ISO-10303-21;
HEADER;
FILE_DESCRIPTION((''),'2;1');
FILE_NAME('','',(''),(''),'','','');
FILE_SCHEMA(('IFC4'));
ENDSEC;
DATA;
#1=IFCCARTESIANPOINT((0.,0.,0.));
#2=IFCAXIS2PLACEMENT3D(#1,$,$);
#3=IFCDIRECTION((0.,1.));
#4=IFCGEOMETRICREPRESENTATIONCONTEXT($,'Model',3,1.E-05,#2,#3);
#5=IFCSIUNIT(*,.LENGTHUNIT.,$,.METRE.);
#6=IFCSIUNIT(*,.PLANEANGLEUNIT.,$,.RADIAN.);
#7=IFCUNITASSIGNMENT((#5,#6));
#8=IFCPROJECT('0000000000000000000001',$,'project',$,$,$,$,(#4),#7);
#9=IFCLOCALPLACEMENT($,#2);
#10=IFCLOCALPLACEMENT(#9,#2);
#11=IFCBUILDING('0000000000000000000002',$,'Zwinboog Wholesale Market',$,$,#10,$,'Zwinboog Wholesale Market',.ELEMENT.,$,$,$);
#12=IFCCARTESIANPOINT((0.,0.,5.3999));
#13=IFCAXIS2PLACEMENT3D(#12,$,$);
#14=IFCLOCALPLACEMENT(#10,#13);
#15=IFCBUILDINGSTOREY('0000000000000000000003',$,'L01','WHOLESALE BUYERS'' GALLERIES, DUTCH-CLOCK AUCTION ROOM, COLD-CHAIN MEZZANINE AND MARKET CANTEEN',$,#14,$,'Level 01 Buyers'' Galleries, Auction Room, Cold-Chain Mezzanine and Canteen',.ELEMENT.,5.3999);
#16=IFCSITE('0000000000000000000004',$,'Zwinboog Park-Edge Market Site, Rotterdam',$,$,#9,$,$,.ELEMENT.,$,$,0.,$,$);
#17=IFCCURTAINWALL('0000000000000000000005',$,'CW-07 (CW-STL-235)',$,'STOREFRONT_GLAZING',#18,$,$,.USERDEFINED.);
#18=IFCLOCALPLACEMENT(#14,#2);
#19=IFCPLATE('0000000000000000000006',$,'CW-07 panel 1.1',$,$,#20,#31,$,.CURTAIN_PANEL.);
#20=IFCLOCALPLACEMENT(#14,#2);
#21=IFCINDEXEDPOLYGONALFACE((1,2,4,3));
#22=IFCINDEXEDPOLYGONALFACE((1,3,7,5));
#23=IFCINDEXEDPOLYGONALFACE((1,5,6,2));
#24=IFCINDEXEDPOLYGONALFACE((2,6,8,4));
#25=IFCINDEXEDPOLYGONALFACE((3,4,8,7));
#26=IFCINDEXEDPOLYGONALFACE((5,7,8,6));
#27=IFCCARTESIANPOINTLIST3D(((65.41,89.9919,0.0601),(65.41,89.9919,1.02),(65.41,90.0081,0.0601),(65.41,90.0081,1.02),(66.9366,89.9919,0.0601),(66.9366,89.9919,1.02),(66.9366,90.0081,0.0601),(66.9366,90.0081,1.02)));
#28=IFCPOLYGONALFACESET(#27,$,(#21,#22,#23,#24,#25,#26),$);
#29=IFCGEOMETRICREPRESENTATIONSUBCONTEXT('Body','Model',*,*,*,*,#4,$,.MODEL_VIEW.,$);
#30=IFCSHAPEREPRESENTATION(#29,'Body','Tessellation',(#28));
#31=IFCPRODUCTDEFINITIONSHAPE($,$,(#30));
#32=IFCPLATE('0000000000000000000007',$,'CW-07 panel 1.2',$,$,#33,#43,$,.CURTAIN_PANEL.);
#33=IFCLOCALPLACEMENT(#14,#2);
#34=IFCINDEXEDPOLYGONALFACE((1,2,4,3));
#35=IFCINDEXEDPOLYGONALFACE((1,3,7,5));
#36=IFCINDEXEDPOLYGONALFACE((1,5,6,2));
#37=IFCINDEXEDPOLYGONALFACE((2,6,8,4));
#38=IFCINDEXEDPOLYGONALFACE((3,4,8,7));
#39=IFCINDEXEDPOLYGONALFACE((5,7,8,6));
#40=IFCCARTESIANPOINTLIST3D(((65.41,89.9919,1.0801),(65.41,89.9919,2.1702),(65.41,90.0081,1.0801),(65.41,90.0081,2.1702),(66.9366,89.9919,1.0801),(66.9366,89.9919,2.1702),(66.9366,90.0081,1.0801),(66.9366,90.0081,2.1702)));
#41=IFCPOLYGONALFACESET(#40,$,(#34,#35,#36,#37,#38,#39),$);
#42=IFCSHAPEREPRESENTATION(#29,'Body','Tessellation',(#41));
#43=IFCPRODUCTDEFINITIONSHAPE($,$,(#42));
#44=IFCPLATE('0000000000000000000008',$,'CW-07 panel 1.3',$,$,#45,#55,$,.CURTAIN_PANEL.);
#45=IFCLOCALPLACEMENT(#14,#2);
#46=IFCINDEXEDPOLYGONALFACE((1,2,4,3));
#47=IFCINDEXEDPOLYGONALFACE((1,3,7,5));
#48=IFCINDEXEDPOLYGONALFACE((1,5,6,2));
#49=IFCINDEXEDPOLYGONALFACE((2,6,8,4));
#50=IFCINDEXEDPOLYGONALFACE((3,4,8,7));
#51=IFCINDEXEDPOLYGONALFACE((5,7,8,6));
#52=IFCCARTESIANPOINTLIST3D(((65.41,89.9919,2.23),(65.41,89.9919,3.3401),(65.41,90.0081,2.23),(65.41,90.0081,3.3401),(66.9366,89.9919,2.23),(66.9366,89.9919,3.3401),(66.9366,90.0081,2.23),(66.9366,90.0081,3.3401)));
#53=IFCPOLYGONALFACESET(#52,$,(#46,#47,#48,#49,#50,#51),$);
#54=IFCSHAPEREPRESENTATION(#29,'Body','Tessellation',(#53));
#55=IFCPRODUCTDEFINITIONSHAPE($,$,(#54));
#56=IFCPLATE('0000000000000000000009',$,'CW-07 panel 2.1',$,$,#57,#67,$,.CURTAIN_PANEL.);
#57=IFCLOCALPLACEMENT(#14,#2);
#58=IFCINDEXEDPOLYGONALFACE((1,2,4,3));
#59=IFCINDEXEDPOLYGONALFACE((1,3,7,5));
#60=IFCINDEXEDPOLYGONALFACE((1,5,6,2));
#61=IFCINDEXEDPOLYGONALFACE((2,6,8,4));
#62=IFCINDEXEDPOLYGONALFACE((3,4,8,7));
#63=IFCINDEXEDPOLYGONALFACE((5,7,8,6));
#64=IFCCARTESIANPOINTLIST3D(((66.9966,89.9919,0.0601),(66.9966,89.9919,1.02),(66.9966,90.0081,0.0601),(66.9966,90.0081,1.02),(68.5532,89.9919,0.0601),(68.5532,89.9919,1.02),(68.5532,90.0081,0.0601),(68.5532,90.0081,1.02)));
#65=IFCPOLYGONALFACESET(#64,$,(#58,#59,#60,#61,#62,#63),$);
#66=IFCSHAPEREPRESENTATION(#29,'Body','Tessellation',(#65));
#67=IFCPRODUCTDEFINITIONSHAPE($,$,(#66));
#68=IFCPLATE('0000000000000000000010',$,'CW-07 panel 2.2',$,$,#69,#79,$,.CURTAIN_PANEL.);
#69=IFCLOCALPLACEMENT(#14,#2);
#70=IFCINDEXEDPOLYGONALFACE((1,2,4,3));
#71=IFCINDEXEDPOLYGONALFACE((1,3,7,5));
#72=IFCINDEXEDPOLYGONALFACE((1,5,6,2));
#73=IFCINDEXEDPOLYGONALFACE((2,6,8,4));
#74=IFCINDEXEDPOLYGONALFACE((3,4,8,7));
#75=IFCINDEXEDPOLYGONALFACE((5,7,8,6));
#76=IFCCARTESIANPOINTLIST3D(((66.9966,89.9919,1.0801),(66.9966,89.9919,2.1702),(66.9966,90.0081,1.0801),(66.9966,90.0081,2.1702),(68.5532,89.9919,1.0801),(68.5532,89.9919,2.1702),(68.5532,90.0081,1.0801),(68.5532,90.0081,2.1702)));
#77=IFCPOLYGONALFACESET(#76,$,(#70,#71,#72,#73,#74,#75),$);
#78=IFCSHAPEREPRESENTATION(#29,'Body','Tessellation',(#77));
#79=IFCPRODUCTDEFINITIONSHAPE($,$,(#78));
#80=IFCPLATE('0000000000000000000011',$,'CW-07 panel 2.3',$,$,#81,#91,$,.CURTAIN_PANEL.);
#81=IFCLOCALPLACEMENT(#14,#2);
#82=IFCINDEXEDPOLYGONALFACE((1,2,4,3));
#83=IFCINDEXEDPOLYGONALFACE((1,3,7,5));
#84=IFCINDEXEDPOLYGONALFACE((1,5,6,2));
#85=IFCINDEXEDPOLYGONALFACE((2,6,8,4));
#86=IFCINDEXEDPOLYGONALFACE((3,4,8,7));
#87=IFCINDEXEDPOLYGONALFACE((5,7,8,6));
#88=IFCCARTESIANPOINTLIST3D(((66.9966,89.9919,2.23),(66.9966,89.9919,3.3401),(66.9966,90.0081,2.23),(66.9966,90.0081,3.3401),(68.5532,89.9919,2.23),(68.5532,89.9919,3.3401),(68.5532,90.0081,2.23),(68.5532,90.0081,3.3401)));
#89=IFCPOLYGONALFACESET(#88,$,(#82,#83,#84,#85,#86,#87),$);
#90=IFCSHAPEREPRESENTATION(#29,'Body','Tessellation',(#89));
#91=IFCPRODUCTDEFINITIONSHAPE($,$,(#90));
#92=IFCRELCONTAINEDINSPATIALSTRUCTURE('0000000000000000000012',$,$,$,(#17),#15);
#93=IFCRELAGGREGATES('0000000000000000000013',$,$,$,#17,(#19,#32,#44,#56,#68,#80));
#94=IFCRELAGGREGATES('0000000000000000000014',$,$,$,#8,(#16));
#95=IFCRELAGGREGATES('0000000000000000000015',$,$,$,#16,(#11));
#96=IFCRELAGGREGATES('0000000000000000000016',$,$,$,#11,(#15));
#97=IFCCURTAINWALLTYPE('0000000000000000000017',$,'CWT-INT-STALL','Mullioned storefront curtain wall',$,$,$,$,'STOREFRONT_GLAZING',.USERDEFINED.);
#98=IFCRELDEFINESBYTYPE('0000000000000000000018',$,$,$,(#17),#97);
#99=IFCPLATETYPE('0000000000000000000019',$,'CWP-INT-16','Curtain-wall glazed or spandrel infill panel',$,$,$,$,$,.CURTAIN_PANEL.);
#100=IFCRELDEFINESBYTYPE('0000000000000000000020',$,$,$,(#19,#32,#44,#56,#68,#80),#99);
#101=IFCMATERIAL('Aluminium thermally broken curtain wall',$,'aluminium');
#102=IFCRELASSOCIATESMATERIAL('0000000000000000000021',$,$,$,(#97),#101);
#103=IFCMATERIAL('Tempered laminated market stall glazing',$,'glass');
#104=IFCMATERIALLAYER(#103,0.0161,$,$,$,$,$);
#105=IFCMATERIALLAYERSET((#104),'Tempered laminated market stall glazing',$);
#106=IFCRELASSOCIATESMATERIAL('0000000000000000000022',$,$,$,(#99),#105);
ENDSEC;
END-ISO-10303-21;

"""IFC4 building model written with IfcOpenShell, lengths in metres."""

from ifc_helpers import new_model, si_unit, direction, frame, origin, origin_2d, place, context, subcontext, project, spatial, rectangle, extrude, material, layer, layer_set, type_object, element, aggregate, save


model = new_model("IFC4")

# Units and contexts
model_context = context("Model", 3, precision=1e-05, world=origin(), true_north=direction((0.0, 1.0)))
body_context = subcontext(model_context, "Body", "Model", "MODEL_VIEW")
ifc_project = project(units=[si_unit("LENGTHUNIT", "METRE"), si_unit("PLANEANGLEUNIT", "RADIAN")], contexts=[model_context])

# Site, building, storey
site_placement = place(None, origin())
site = spatial("IfcSite", under=ifc_project, at=site_placement, Name="Zwinboog Park-Edge Market Site, Rotterdam", CompositionType="ELEMENT", RefElevation=0.0)
building_placement = place(site_placement, origin())
building = spatial("IfcBuilding", under=site, at=building_placement, Name="Zwinboog Wholesale Market", LongName="Zwinboog Wholesale Market", CompositionType="ELEMENT")
storey_placement = place(building_placement, frame((0.0, 0.0, 5.3999)))
storey = spatial("IfcBuildingStorey", under=building, at=storey_placement, Name="L01", Description="WHOLESALE BUYERS' GALLERIES, DUTCH-CLOCK AUCTION ROOM, COLD-CHAIN MEZZANINE AND MARKET CANTEEN", LongName="Level 01 Buyers' Galleries, Auction Room, Cold-Chain Mezzanine and Canteen", CompositionType="ELEMENT", Elevation=5.3999)

# Curtain wall, plates
ifc_material_1 = material(Name="Aluminium thermally broken curtain wall", Category="aluminium")
curtain_wall_type = type_object("IfcCurtainWallType", Name="CWT-INT-STALL", Description="Mullioned storefront curtain wall", ElementType="STOREFRONT_GLAZING", PredefinedType="USERDEFINED", material=ifc_material_1)
curtain_wall_placement = place(storey_placement, origin())
curtain_wall = element("IfcCurtainWall", 1, at=curtain_wall_placement, inside=storey, type_object=curtain_wall_type, Name="CW-07 (CW-STL-235)", ObjectType="STOREFRONT_GLAZING", PredefinedType="USERDEFINED")
ifc_material_2 = material(Name="Tempered laminated market stall glazing", Category="glass")
ifc_layer = layer(ifc_material_2, 0.0161)
ifc_layer_set = layer_set([ifc_layer], Name="Tempered laminated market stall glazing")
plate_type = type_object("IfcPlateType", Name="CWP-INT-16", Description="Curtain-wall glazed or spandrel infill panel", PredefinedType="CURTAIN_PANEL", material=ifc_layer_set)
plate_1_placement = place(storey_placement, frame((66.1733, 90.0, 0.0601), z_axis=(0.0, 0.0, 1.0), x_axis=(1.0, 0.0, 0.0)))
plate_1 = element("IfcPlate", 2, at=plate_1_placement, type_object=plate_type, Name="CW-07 panel 1.1", PredefinedType="CURTAIN_PANEL", context=body_context, shape_type="SweptSolid", body=[
    extrude(rectangle(XDim=1.5266, YDim=0.0161, at=origin_2d()), origin(), (0.0, 0.0, 1.0), 0.96),
])
plate_2_placement = place(storey_placement, frame((66.1733, 90.0, 1.0801), z_axis=(0.0, 0.0, 1.0), x_axis=(1.0, 0.0, 0.0)))
plate_2 = element("IfcPlate", 3, at=plate_2_placement, type_object=plate_type, Name="CW-07 panel 1.2", PredefinedType="CURTAIN_PANEL", context=body_context, shape_type="SweptSolid", body=[
    extrude(rectangle(XDim=1.5266, YDim=0.0161, at=origin_2d()), origin(), (0.0, 0.0, 1.0), 1.0901),
])
plate_3_placement = place(storey_placement, frame((66.1733, 90.0, 2.23), z_axis=(0.0, 0.0, 1.0), x_axis=(1.0, 0.0, 0.0)))
plate_3 = element("IfcPlate", 4, at=plate_3_placement, type_object=plate_type, Name="CW-07 panel 1.3", PredefinedType="CURTAIN_PANEL", context=body_context, shape_type="SweptSolid", body=[
    extrude(rectangle(XDim=1.5266, YDim=0.0161, at=origin_2d()), origin(), (0.0, 0.0, 1.0), 1.1101),
])
plate_4_placement = place(storey_placement, frame((67.7749, 90.0, 0.0601), z_axis=(0.0, 0.0, 1.0), x_axis=(1.0, 0.0, 0.0)))
plate_4 = element("IfcPlate", 5, at=plate_4_placement, type_object=plate_type, Name="CW-07 panel 2.1", PredefinedType="CURTAIN_PANEL", context=body_context, shape_type="SweptSolid", body=[
    extrude(rectangle(XDim=1.5566, YDim=0.0161, at=origin_2d()), origin(), (0.0, 0.0, 1.0), 0.96),
])
plate_5_placement = place(storey_placement, frame((67.7749, 90.0, 1.0801), z_axis=(0.0, 0.0, 1.0), x_axis=(1.0, 0.0, 0.0)))
plate_5 = element("IfcPlate", 6, at=plate_5_placement, type_object=plate_type, Name="CW-07 panel 2.2", PredefinedType="CURTAIN_PANEL", context=body_context, shape_type="SweptSolid", body=[
    extrude(rectangle(XDim=1.5566, YDim=0.0161, at=origin_2d()), origin(), (0.0, 0.0, 1.0), 1.0901),
])
plate_6_placement = place(storey_placement, frame((67.7749, 90.0, 2.23), z_axis=(0.0, 0.0, 1.0), x_axis=(1.0, 0.0, 0.0)))
plate_6 = element("IfcPlate", 7, at=plate_6_placement, type_object=plate_type, Name="CW-07 panel 2.3", PredefinedType="CURTAIN_PANEL", context=body_context, shape_type="SweptSolid", body=[
    extrude(rectangle(XDim=1.5566, YDim=0.0161, at=origin_2d()), origin(), (0.0, 0.0, 1.0), 1.1101),
])
aggregate(curtain_wall, [plate_1, plate_2, plate_3, plate_4, plate_5, plate_6])

save(model, "model.ifc")
